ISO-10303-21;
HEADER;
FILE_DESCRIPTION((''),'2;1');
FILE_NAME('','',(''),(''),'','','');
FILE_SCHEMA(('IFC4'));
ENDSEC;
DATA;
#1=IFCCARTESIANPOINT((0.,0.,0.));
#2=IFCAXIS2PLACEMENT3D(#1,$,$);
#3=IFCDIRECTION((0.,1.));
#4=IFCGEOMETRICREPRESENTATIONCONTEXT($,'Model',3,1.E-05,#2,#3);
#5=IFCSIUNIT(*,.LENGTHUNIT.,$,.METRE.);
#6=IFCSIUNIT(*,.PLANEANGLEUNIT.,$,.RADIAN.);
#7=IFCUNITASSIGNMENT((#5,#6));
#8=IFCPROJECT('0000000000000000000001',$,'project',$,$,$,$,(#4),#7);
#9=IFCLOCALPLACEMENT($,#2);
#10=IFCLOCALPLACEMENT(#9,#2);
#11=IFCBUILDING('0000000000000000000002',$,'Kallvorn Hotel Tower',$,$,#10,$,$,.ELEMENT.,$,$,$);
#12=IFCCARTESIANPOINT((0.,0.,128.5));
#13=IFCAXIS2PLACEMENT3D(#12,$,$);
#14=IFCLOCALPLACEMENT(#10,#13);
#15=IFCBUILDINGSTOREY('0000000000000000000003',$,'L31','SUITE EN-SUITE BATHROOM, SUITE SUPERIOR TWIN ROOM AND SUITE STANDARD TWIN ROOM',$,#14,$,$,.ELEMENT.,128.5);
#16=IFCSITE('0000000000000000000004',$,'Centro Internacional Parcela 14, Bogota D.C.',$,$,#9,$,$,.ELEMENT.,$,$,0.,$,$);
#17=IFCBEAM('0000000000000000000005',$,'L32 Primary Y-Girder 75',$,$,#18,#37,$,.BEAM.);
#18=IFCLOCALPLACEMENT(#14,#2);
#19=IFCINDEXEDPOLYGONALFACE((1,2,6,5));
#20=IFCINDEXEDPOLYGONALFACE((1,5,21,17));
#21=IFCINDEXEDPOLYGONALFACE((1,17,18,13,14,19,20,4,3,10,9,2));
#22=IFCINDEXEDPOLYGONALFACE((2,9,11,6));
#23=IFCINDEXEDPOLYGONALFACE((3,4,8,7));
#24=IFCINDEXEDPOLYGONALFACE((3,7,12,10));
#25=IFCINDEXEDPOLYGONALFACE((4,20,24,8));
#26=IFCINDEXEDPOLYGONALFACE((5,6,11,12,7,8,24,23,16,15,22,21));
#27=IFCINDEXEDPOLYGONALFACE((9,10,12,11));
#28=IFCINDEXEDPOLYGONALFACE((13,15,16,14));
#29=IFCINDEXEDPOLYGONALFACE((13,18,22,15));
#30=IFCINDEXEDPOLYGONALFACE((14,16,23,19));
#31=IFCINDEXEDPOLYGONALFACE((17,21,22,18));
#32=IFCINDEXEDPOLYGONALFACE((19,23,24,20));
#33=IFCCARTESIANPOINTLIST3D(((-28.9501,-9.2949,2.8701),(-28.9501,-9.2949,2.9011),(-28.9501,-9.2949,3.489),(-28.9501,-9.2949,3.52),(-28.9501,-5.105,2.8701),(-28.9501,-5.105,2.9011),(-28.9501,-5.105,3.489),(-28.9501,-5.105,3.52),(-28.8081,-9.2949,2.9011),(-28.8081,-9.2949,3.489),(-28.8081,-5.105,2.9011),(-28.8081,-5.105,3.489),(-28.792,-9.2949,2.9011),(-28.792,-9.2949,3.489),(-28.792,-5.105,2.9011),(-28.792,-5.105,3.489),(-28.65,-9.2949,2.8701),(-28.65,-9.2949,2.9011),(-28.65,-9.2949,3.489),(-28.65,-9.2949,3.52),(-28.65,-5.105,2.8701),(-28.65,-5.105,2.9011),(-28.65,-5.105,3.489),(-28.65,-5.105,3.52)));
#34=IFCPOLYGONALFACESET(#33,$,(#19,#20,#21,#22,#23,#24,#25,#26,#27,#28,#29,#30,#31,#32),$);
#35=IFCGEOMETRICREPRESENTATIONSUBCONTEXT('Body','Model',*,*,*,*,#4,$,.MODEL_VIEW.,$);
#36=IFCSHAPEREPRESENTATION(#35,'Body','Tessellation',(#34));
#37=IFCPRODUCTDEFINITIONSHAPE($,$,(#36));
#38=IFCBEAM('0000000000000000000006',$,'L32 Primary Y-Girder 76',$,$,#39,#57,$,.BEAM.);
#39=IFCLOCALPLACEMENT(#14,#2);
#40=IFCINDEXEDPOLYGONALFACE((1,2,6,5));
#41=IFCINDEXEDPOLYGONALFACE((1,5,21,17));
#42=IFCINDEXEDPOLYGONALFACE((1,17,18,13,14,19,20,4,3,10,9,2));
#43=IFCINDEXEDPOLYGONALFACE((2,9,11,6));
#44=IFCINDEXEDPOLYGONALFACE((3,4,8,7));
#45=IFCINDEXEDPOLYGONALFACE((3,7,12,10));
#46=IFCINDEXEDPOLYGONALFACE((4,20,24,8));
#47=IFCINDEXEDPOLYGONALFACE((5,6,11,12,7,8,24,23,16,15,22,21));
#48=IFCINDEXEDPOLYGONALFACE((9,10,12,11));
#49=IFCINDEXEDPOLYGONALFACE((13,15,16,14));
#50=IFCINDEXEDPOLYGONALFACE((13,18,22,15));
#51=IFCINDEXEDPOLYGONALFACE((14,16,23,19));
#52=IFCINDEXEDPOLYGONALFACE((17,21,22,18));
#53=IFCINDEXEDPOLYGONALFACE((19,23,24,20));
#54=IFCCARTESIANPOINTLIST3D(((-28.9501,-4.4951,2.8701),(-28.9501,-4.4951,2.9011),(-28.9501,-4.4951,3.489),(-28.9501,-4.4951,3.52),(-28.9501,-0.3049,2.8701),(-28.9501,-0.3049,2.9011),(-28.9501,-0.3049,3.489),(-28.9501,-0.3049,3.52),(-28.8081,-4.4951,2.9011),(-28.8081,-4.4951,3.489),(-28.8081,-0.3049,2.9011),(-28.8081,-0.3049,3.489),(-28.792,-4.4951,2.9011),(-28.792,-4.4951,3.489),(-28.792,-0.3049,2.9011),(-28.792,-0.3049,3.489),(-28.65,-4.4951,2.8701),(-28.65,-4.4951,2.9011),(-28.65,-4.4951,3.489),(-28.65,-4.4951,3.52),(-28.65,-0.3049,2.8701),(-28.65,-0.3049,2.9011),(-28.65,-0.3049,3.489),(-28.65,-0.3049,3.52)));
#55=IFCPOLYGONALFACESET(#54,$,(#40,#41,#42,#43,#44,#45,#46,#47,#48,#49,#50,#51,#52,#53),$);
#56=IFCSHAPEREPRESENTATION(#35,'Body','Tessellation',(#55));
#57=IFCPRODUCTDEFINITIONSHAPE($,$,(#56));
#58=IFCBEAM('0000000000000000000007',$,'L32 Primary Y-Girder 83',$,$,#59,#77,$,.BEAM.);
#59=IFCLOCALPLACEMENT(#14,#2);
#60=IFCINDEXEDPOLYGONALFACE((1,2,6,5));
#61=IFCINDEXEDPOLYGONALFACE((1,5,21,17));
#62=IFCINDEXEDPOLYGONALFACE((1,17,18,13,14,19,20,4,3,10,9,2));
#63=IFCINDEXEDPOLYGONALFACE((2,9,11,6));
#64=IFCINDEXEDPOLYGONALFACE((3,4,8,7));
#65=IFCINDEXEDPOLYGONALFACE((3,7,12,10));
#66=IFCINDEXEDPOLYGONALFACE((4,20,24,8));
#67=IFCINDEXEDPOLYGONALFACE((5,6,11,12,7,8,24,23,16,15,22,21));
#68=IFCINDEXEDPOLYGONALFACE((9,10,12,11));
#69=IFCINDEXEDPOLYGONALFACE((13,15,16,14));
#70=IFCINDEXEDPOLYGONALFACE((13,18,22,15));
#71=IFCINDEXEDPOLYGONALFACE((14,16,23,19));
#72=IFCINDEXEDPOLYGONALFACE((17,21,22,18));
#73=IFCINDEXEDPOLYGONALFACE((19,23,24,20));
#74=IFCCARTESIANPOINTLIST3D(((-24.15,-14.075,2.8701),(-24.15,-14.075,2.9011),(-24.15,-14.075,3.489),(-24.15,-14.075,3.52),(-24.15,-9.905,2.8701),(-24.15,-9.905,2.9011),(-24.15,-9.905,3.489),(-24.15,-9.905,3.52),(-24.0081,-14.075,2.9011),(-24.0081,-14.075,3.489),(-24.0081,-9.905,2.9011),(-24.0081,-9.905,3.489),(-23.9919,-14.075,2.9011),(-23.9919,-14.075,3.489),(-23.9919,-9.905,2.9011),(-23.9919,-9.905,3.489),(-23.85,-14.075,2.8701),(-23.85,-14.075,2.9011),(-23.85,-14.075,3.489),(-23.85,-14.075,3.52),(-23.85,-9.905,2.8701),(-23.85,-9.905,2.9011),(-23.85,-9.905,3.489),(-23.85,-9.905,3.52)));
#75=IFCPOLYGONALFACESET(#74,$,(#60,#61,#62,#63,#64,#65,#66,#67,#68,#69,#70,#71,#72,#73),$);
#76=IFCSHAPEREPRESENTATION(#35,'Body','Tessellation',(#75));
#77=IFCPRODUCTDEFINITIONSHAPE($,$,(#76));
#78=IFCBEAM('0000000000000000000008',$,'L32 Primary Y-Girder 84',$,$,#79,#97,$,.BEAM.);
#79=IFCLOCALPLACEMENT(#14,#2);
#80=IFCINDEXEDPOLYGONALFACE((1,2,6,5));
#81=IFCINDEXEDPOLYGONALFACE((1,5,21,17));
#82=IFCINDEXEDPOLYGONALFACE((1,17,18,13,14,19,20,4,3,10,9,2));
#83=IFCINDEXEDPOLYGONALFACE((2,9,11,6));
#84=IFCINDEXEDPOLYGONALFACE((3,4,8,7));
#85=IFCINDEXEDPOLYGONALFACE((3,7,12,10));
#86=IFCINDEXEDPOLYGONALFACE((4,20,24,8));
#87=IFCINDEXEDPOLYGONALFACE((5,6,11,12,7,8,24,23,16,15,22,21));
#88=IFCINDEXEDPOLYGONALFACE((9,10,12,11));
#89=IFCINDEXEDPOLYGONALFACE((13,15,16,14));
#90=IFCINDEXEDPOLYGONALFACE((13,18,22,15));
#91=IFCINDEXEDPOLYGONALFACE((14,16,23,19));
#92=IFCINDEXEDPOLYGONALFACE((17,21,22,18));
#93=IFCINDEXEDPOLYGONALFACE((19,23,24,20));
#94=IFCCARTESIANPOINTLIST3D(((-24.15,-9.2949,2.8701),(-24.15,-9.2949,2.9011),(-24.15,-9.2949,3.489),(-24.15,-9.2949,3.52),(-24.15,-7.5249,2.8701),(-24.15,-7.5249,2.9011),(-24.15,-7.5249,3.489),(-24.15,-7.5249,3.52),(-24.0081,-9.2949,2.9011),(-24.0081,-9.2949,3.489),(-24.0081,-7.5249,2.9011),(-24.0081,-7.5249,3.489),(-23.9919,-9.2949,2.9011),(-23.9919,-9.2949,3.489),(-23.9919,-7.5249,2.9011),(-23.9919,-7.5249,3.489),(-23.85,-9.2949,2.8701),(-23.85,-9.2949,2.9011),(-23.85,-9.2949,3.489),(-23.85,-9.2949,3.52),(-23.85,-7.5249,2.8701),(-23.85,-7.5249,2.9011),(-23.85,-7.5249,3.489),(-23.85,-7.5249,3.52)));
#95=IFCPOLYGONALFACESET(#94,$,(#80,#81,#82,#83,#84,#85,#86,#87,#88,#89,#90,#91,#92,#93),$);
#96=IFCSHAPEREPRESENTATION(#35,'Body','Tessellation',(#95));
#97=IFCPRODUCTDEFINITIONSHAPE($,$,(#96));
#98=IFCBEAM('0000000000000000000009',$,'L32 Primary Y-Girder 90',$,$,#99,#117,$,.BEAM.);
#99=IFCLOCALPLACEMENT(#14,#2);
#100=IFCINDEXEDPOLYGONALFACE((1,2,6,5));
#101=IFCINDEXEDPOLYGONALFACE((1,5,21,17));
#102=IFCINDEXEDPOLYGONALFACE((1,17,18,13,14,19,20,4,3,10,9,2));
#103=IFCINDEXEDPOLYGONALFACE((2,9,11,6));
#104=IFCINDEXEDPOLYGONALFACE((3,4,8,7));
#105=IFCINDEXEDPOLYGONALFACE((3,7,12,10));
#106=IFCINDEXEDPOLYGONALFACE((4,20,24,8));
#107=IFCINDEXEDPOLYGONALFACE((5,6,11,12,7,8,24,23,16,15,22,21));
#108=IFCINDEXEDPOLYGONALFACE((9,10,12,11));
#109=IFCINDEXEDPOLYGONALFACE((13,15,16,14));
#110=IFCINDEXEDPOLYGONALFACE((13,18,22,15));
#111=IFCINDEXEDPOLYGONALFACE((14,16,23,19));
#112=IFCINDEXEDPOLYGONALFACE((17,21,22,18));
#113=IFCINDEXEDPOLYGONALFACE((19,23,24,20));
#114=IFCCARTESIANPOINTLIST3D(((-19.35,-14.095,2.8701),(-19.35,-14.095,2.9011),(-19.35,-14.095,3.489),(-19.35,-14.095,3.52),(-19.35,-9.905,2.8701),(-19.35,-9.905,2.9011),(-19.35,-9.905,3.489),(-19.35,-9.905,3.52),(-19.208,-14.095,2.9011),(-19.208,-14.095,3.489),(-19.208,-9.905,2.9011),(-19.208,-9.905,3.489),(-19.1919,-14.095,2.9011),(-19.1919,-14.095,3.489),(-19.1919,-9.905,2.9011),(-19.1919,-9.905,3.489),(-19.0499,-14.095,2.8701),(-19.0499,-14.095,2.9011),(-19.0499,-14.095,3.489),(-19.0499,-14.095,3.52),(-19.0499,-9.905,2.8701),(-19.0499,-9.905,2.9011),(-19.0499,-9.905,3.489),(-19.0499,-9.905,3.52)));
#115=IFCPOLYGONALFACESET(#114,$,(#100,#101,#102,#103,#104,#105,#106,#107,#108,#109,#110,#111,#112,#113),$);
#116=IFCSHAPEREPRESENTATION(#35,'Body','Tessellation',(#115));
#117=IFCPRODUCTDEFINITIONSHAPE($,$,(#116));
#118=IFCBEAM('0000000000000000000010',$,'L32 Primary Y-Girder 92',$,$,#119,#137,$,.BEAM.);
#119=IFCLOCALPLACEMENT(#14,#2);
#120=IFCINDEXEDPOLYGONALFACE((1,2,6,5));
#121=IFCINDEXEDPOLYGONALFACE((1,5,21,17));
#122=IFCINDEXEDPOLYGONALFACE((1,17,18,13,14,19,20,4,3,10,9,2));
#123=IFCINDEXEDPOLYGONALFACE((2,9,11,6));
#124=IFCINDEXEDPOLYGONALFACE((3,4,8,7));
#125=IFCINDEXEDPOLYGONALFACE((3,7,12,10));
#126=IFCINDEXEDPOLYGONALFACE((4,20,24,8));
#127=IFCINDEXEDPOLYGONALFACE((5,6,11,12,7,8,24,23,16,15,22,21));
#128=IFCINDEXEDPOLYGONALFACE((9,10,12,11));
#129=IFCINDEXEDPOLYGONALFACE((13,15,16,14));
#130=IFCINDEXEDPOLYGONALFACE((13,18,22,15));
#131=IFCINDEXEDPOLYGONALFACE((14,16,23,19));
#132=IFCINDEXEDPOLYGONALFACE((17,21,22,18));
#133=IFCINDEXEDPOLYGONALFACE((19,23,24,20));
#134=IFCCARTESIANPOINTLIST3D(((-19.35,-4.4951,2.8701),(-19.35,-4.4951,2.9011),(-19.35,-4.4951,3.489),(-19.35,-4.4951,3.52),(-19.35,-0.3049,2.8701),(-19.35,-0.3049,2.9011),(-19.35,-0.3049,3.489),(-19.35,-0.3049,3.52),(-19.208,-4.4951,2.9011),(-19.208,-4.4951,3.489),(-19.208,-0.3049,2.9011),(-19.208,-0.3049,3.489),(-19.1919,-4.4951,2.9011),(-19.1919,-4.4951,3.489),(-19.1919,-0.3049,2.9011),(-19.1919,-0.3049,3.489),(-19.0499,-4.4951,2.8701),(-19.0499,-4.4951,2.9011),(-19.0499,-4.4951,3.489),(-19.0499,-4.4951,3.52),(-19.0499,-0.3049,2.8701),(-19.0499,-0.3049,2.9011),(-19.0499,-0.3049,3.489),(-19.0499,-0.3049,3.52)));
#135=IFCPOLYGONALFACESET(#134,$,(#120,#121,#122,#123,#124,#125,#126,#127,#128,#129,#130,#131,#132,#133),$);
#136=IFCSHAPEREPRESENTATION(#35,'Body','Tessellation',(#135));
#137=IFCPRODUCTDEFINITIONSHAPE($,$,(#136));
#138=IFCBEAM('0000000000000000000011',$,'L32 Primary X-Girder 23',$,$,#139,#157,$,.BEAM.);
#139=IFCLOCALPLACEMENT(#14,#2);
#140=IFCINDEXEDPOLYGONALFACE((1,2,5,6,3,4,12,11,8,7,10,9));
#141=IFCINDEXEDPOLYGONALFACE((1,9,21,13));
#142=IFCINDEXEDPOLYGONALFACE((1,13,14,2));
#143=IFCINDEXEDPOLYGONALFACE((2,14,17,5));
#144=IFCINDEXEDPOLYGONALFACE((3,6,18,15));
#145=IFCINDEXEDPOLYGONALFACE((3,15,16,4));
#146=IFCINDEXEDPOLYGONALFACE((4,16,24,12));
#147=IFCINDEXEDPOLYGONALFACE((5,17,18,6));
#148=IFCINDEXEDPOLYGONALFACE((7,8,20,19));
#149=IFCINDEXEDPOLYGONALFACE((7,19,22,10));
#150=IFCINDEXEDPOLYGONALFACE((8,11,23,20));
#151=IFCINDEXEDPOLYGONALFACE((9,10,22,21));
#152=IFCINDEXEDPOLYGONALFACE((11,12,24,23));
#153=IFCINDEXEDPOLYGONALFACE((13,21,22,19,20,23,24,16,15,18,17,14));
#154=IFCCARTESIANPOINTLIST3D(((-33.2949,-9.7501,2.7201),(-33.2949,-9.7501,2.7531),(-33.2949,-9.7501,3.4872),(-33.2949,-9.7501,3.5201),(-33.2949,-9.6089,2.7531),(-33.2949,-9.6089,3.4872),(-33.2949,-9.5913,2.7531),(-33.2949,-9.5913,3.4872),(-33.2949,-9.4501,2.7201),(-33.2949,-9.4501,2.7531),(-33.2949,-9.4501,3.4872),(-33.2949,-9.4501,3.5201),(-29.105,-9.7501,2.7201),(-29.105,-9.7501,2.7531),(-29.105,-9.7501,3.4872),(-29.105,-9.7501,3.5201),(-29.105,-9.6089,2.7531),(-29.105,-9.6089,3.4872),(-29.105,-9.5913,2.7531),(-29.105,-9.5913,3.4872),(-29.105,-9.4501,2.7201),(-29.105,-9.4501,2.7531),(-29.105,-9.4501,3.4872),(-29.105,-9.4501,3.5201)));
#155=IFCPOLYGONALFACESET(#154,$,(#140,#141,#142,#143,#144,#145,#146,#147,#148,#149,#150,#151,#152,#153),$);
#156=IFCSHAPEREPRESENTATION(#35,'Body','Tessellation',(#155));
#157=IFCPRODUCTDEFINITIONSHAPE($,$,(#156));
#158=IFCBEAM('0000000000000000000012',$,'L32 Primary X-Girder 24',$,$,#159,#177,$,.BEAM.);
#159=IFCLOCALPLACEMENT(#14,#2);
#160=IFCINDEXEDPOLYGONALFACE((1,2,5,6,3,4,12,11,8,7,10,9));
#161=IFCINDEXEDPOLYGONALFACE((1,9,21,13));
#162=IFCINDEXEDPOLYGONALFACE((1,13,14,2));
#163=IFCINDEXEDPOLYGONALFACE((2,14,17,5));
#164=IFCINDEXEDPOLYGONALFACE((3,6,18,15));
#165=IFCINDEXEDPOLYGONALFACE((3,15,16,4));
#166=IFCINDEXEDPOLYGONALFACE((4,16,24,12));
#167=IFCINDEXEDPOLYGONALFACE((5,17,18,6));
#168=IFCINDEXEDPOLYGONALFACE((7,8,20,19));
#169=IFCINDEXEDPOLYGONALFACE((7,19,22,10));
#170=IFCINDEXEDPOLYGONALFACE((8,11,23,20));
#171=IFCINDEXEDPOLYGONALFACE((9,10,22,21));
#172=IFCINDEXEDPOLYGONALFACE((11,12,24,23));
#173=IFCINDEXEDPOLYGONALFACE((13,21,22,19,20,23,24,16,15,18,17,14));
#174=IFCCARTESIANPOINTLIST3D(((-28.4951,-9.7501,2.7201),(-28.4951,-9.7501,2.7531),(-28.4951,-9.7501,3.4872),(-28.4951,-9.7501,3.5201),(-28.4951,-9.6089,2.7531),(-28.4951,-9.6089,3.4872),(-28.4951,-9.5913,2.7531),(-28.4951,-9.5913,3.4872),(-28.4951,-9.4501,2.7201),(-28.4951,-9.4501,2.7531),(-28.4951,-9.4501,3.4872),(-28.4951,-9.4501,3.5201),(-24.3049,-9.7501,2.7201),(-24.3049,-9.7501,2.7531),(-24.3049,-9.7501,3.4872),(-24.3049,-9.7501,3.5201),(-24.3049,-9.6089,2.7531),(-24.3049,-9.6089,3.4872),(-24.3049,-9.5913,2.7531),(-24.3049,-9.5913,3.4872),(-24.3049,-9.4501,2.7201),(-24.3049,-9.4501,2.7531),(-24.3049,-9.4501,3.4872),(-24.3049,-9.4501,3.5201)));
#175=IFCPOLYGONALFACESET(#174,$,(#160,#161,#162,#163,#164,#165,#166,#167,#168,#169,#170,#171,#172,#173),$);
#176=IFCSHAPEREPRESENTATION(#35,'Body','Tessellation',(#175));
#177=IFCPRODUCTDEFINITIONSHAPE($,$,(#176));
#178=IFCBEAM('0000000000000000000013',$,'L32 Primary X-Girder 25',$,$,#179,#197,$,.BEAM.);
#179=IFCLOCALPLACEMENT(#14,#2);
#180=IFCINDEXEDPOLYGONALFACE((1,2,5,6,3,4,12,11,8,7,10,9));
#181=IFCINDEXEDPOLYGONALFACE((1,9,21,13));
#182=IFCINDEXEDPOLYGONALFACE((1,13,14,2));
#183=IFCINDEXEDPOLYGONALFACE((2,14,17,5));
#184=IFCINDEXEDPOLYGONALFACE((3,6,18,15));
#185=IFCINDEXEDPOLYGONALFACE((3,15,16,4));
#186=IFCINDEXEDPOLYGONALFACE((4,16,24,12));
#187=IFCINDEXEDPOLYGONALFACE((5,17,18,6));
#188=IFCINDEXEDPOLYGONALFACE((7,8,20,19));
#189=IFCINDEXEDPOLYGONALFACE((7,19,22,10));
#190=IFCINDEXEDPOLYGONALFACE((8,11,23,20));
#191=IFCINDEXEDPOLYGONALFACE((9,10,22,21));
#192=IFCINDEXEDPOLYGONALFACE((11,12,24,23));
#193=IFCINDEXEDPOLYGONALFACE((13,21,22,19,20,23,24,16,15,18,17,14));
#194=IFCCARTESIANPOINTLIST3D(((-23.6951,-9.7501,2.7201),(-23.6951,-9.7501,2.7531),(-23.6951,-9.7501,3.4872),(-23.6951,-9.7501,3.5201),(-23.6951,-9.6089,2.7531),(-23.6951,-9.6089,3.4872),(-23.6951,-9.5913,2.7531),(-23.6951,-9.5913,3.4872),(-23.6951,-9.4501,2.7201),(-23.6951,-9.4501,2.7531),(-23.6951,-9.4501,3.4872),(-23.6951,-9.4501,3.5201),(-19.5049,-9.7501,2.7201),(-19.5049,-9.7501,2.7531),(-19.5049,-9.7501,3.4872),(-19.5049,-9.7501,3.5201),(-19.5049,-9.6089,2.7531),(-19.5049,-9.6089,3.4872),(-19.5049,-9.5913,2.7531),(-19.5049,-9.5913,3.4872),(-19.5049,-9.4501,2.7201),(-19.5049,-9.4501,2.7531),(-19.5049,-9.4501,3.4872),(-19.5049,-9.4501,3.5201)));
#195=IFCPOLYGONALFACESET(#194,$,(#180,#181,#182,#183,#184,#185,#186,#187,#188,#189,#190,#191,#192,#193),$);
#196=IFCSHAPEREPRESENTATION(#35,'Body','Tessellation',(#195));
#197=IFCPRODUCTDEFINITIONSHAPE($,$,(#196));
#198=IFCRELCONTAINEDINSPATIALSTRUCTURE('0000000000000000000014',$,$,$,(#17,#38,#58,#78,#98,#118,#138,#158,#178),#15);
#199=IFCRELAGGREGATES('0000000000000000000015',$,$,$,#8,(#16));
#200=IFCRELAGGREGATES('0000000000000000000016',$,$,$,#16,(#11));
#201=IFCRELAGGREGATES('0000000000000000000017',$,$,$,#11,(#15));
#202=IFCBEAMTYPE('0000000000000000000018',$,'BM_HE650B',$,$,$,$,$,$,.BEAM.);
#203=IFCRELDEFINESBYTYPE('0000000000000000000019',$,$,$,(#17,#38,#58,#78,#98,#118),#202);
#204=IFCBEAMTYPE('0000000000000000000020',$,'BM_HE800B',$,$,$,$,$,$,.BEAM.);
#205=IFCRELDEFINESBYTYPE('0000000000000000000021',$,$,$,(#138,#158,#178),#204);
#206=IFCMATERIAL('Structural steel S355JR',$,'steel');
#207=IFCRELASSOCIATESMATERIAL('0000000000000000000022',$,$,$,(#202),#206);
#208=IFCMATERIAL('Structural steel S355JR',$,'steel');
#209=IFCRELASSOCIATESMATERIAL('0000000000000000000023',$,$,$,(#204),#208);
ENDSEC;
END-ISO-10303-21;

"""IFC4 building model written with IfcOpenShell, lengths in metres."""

from ifc_helpers import new_model, si_unit, direction, frame, origin, origin_2d, place, context, subcontext, project, spatial, i_section, extrude, material, material_profile, profile_set, type_object, element, save


model = new_model("IFC4")

# Units and contexts
model_context = context("Model", 3, precision=1e-05, world=origin(), true_north=direction((0.0, 1.0)))
body_context = subcontext(model_context, "Body", "Model", "MODEL_VIEW")
ifc_project = project(units=[si_unit("LENGTHUNIT", "METRE"), si_unit("PLANEANGLEUNIT", "RADIAN")], contexts=[model_context])

# Site, building, storey
site_placement = place(None, origin())
site = spatial("IfcSite", under=ifc_project, at=site_placement, Name="Centro Internacional Parcela 14, Bogota D.C.", CompositionType="ELEMENT", RefElevation=0.0)
building_placement = place(site_placement, origin())
building = spatial("IfcBuilding", under=site, at=building_placement, Name="Kallvorn Hotel Tower", CompositionType="ELEMENT")
storey_placement = place(building_placement, frame((0.0, 0.0, 128.5)))
storey = spatial("IfcBuildingStorey", under=building, at=storey_placement, Name="L31", Description="SUITE EN-SUITE BATHROOM, SUITE SUPERIOR TWIN ROOM AND SUITE STANDARD TWIN ROOM", CompositionType="ELEMENT", Elevation=128.5)

# Beams
ifc_material_1 = material(Name="Structural steel S355JR", Category="steel")
ifc_material_profile_1 = material_profile(ifc_material_1, i_section(OverallWidth=0.3, OverallDepth=0.6499, WebThickness=0.0161, FlangeThickness=0.031, at=origin_2d()), Name="HE 650 B")
ifc_profile_set_1 = profile_set([ifc_material_profile_1], Name="Structural steel S355JR")
beam_type_1 = type_object("IfcBeamType", Name="BM_HE650B", PredefinedType="BEAM", material=ifc_profile_set_1)
for number, where, z_axis, x_axis, name in (
    (1, (-28.8, -9.2949, 3.1951), (0.0, 1.0, 0.0), (-1.0, 0.0, 0.0), "L32 Primary Y-Girder 75"),
):
    element("IfcBeam", number, at=place(storey_placement, frame(where, z_axis=z_axis, x_axis=x_axis)), inside=storey, type_object=beam_type_1, Name=name, PredefinedType="BEAM", context=body_context, shape_type="SweptSolid", body=[
        extrude(i_section(OverallWidth=0.3, OverallDepth=0.6499, WebThickness=0.0161, FlangeThickness=0.031, at=origin_2d()), origin(), (0.0, 0.0, 1.0), 4.1899),
    ])
beam_1_placement = place(storey_placement, frame((-28.8, -4.4951, 3.1951), z_axis=(0.0, 1.0, 0.0), x_axis=(-1.0, 0.0, 0.0)))
element("IfcBeam", 2, at=beam_1_placement, inside=storey, type_object=beam_type_1, Name="L32 Primary Y-Girder 76", PredefinedType="BEAM", context=body_context, shape_type="SweptSolid", body=[
    extrude(i_section(OverallWidth=0.3, OverallDepth=0.6499, WebThickness=0.0161, FlangeThickness=0.031, at=origin_2d()), origin(), (0.0, 0.0, 1.0), 4.1902),
])
beam_2_placement = place(storey_placement, frame((-24.0, -14.075, 3.1951), z_axis=(0.0, 1.0, 0.0), x_axis=(-1.0, 0.0, 0.0)))
element("IfcBeam", 3, at=beam_2_placement, inside=storey, type_object=beam_type_1, Name="L32 Primary Y-Girder 83", PredefinedType="BEAM", context=body_context, shape_type="SweptSolid", body=[
    extrude(i_section(OverallWidth=0.3, OverallDepth=0.6499, WebThickness=0.0161, FlangeThickness=0.031, at=origin_2d()), origin(), (0.0, 0.0, 1.0), 4.1699),
])
beam_3_placement = place(storey_placement, frame((-24.0, -9.2949, 3.1951), z_axis=(0.0, 1.0, 0.0), x_axis=(-1.0, 0.0, 0.0)))
element("IfcBeam", 4, at=beam_3_placement, inside=storey, type_object=beam_type_1, Name="L32 Primary Y-Girder 84", PredefinedType="BEAM", context=body_context, shape_type="SweptSolid", body=[
    extrude(i_section(OverallWidth=0.3, OverallDepth=0.6499, WebThickness=0.0161, FlangeThickness=0.031, at=origin_2d()), origin(), (0.0, 0.0, 1.0), 1.77),
])
beam_4_placement = place(storey_placement, frame((-19.2, -14.095, 3.1951), z_axis=(0.0, 1.0, 0.0), x_axis=(-1.0, 0.0, 0.0)))
element("IfcBeam", 5, at=beam_4_placement, inside=storey, type_object=beam_type_1, Name="L32 Primary Y-Girder 90", PredefinedType="BEAM", context=body_context, shape_type="SweptSolid", body=[
    extrude(i_section(OverallWidth=0.3, OverallDepth=0.6499, WebThickness=0.0161, FlangeThickness=0.031, at=origin_2d()), origin(), (0.0, 0.0, 1.0), 4.1899),
])
beam_5_placement = place(storey_placement, frame((-19.2, -4.4951, 3.1951), z_axis=(0.0, 1.0, 0.0), x_axis=(-1.0, 0.0, 0.0)))
element("IfcBeam", 6, at=beam_5_placement, inside=storey, type_object=beam_type_1, Name="L32 Primary Y-Girder 92", PredefinedType="BEAM", context=body_context, shape_type="SweptSolid", body=[
    extrude(i_section(OverallWidth=0.3, OverallDepth=0.6499, WebThickness=0.0161, FlangeThickness=0.031, at=origin_2d()), origin(), (0.0, 0.0, 1.0), 4.1902),
])
ifc_material_2 = material(Name="Structural steel S355JR", Category="steel")
ifc_material_profile_2 = material_profile(ifc_material_2, i_section(OverallWidth=0.3, OverallDepth=0.8, WebThickness=0.0176, FlangeThickness=0.033, at=origin_2d()), Name="HE 800 B")
ifc_profile_set_2 = profile_set([ifc_material_profile_2], Name="Structural steel S355JR")
beam_type_2 = type_object("IfcBeamType", Name="BM_HE800B", PredefinedType="BEAM", material=ifc_profile_set_2)
beam_6_placement = place(storey_placement, frame((-33.2949, -9.6001, 3.1201), z_axis=(1.0, 0.0, 0.0), x_axis=(0.0, 1.0, 0.0)))
element("IfcBeam", 7, at=beam_6_placement, inside=storey, type_object=beam_type_2, Name="L32 Primary X-Girder 23", PredefinedType="BEAM", context=body_context, shape_type="SweptSolid", body=[
    extrude(i_section(OverallWidth=0.3, OverallDepth=0.8, WebThickness=0.0176, FlangeThickness=0.033, at=origin_2d()), origin(), (0.0, 0.0, 1.0), 4.1899),
])
for number, where, z_axis, x_axis, name in (
    (8, (-28.4951, -9.6001, 3.1201), (1.0, 0.0, 0.0), (0.0, 1.0, 0.0), "L32 Primary X-Girder 24"),
    (9, (-23.6951, -9.6001, 3.1201), (1.0, 0.0, 0.0), (0.0, 1.0, 0.0), "L32 Primary X-Girder 25"),
):
    element("IfcBeam", number, at=place(storey_placement, frame(where, z_axis=z_axis, x_axis=x_axis)), inside=storey, type_object=beam_type_2, Name=name, PredefinedType="BEAM", context=body_context, shape_type="SweptSolid", body=[
        extrude(i_section(OverallWidth=0.3, OverallDepth=0.8, WebThickness=0.0176, FlangeThickness=0.033, at=origin_2d()), origin(), (0.0, 0.0, 1.0), 4.1902),
    ])

save(model, "model.ifc")
